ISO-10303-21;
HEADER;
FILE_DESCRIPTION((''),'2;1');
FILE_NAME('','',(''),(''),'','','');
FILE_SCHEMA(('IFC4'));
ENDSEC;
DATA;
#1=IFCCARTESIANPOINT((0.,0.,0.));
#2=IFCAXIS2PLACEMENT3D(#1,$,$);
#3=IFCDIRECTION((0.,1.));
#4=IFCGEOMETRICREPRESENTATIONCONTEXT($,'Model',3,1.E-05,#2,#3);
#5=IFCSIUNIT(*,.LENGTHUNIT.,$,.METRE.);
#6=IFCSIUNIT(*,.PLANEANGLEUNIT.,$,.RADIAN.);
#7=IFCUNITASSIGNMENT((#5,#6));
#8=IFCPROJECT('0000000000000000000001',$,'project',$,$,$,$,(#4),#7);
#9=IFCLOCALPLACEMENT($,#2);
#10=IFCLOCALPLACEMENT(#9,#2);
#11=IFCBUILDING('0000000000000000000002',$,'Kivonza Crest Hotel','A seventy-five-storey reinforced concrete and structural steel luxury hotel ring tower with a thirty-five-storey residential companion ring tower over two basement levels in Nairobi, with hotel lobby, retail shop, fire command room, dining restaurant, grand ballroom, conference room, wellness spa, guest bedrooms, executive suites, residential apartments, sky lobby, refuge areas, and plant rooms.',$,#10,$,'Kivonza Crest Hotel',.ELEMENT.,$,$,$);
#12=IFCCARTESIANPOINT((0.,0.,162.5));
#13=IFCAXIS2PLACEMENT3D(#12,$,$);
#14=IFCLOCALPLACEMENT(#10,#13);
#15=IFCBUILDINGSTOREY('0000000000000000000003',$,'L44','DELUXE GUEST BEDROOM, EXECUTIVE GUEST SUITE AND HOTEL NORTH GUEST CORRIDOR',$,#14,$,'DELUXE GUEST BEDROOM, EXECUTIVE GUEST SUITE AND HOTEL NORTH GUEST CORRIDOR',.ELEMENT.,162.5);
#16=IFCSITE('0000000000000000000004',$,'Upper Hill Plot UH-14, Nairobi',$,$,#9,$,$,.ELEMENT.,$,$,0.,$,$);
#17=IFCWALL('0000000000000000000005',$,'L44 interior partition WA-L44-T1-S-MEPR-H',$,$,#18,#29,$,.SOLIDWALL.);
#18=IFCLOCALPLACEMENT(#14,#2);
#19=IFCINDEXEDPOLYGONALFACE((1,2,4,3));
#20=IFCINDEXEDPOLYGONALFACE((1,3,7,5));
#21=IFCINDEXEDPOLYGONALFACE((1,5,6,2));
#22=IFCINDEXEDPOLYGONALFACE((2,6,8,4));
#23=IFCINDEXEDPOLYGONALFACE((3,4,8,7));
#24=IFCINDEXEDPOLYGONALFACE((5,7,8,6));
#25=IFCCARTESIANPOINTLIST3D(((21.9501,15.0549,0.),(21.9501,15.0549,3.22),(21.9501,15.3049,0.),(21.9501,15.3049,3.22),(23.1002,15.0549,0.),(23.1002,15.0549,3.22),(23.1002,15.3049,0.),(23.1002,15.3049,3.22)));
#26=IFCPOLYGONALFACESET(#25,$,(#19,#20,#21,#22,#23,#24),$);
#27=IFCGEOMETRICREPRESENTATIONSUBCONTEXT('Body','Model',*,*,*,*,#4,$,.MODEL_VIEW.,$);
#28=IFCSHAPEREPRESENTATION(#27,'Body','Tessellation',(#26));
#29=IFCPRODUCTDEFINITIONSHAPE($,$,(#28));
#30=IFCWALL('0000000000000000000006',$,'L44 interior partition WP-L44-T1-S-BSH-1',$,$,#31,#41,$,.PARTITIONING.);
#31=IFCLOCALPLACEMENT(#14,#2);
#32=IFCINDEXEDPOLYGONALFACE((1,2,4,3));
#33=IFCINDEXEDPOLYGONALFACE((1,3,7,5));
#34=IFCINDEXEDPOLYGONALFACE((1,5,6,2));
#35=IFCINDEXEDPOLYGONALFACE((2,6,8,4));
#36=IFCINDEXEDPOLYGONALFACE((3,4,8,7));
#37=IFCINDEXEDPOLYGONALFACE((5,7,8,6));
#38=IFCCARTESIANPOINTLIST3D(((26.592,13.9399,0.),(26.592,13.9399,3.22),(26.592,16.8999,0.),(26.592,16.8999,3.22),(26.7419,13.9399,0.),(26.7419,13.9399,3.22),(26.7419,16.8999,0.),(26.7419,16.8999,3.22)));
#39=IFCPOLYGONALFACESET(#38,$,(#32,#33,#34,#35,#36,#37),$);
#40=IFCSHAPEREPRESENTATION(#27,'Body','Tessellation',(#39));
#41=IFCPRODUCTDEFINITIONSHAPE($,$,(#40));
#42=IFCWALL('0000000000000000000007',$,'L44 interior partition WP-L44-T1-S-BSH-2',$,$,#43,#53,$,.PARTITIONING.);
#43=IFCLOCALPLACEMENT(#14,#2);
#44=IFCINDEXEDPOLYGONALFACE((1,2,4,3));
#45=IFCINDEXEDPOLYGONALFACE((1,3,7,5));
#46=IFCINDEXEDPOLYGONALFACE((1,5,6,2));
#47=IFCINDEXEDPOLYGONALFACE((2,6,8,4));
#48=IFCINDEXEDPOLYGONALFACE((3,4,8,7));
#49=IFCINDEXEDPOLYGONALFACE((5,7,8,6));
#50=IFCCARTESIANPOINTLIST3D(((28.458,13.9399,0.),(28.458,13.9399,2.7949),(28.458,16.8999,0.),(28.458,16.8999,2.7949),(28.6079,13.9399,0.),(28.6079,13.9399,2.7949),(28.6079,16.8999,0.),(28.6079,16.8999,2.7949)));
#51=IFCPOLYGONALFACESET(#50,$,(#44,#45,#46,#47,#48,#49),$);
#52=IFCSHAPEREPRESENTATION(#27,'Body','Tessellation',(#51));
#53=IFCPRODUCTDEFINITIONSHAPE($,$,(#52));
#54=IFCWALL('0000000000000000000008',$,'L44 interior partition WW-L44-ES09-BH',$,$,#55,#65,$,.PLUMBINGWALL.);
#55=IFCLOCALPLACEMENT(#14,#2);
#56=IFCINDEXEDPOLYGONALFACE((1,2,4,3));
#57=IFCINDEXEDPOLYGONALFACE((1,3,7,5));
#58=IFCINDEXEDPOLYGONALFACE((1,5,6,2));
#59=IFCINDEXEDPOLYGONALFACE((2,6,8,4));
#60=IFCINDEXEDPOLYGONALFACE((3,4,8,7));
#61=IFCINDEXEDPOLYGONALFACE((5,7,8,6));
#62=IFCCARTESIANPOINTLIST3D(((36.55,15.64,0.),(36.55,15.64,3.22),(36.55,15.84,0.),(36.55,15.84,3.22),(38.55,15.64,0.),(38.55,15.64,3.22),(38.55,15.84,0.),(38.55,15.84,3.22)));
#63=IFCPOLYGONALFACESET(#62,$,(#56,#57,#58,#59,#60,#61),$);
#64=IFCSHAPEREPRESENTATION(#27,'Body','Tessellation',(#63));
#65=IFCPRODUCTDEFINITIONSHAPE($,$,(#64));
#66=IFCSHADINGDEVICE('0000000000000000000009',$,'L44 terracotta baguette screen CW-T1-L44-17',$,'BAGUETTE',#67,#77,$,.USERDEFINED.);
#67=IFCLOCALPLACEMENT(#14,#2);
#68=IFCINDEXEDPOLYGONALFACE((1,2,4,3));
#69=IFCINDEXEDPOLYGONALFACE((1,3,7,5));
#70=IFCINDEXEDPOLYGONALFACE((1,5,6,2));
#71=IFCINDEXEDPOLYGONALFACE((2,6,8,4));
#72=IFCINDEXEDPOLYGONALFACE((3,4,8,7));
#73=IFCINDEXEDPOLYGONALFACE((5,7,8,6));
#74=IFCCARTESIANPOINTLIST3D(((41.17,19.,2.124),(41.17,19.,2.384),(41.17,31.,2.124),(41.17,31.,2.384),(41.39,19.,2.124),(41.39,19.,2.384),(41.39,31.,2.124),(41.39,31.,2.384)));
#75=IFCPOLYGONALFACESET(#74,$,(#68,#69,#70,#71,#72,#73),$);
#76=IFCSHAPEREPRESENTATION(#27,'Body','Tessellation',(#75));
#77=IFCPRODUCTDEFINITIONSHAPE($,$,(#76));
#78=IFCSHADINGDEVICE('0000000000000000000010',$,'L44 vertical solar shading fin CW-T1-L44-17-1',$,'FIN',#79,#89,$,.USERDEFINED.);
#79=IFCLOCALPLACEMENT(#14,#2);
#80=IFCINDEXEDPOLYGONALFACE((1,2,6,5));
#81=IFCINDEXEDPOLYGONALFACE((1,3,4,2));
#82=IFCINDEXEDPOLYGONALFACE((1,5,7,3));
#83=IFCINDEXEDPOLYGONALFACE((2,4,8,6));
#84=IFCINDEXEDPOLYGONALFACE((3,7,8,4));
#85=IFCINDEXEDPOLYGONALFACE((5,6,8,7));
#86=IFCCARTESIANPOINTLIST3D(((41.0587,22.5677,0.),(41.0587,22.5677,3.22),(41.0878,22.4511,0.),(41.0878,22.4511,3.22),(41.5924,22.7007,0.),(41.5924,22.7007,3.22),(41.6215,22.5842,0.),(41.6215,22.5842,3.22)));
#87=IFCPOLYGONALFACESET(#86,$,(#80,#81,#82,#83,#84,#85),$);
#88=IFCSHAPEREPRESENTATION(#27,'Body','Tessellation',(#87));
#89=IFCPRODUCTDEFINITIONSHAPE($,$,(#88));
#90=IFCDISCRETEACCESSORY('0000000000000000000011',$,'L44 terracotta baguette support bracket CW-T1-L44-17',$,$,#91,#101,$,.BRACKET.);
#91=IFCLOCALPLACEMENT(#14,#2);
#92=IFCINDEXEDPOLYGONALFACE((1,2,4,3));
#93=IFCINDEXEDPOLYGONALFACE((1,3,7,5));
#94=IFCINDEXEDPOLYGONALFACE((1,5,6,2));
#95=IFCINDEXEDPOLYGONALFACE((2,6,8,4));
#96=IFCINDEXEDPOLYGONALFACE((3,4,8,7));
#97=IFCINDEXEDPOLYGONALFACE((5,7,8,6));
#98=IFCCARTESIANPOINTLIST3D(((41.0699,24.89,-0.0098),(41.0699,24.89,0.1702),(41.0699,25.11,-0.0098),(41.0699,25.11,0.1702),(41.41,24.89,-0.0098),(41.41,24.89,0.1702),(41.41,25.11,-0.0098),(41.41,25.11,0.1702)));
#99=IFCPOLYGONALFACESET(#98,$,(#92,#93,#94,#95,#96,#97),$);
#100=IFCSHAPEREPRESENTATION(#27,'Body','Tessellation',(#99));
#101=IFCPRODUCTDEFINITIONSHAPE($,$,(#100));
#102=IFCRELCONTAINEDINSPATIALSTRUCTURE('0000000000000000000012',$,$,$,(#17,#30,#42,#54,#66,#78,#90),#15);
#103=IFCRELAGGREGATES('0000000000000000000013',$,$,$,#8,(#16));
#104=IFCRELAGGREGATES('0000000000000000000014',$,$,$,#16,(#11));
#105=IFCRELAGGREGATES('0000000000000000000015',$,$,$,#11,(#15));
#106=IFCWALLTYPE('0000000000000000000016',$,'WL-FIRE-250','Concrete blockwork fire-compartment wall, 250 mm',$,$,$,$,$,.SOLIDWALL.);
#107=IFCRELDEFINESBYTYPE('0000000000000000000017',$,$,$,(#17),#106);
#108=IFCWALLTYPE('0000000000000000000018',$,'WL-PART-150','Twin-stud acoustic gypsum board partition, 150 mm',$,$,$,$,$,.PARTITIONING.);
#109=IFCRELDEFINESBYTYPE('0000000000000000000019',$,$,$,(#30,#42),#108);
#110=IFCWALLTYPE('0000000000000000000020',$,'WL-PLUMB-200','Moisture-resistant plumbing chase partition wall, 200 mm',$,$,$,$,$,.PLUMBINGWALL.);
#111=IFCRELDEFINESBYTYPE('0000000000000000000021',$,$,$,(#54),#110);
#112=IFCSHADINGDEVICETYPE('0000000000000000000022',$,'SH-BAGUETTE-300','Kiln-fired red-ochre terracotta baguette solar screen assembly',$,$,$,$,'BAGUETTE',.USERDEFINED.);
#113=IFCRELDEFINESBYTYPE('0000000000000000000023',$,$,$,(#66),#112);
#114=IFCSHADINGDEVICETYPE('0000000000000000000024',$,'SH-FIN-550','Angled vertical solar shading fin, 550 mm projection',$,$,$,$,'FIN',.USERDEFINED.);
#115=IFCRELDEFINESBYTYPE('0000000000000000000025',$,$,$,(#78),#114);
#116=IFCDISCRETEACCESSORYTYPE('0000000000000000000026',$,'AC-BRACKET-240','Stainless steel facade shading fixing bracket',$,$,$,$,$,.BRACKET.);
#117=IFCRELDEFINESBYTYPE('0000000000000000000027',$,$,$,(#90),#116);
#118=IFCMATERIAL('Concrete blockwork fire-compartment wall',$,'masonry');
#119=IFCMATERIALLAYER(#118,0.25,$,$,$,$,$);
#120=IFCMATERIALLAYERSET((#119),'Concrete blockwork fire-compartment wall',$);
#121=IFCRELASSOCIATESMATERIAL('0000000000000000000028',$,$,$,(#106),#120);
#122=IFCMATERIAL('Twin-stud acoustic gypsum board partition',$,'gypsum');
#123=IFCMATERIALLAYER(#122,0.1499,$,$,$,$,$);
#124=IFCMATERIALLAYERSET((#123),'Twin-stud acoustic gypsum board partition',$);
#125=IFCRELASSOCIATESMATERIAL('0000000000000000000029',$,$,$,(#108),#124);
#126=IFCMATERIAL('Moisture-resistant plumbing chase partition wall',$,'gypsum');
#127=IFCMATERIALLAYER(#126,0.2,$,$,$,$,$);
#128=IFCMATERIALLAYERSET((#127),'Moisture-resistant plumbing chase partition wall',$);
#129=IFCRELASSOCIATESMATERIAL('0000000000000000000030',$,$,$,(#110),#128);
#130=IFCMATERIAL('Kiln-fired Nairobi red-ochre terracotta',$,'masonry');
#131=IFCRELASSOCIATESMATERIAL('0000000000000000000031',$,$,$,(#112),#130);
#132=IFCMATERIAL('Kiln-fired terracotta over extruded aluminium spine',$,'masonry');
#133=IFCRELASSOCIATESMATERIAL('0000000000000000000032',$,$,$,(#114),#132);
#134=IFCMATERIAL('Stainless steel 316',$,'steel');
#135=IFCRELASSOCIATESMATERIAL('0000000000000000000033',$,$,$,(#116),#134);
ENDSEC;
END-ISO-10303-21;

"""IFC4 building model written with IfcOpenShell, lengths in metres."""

from ifc_helpers import new_model, si_unit, direction, frame, frame_2d, origin, origin_2d, place, context, subcontext, project, spatial, rectangle, extrude, material, layer, layer_set, type_object, element, save


model = new_model("IFC4")

# Units and contexts
model_context = context("Model", 3, precision=1e-05, world=origin(), true_north=direction((0.0, 1.0)))
body_context = subcontext(model_context, "Body", "Model", "MODEL_VIEW")
ifc_project = project(units=[si_unit("LENGTHUNIT", "METRE"), si_unit("PLANEANGLEUNIT", "RADIAN")], contexts=[model_context])

# Site, building, storey
site_placement = place(None, origin())
site = spatial("IfcSite", under=ifc_project, at=site_placement, Name="Upper Hill Plot UH-14, Nairobi", CompositionType="ELEMENT", RefElevation=0.0)
building_placement = place(site_placement, origin())
building = spatial("IfcBuilding", under=site, at=building_placement, Name="Kivonza Crest Hotel", Description="A seventy-five-storey reinforced concrete and structural steel luxury hotel ring tower with a thirty-five-storey residential companion ring tower over two basement levels in Nairobi, with hotel lobby, retail shop, fire command room, dining restaurant, grand ballroom, conference room, wellness spa, guest bedrooms, executive suites, residential apartments, sky lobby, refuge areas, and plant rooms.", LongName="Kivonza Crest Hotel", CompositionType="ELEMENT")
storey_placement = place(building_placement, frame((0.0, 0.0, 162.5)))
storey = spatial("IfcBuildingStorey", under=building, at=storey_placement, Name="L44", Description="DELUXE GUEST BEDROOM, EXECUTIVE GUEST SUITE AND HOTEL NORTH GUEST CORRIDOR", LongName="DELUXE GUEST BEDROOM, EXECUTIVE GUEST SUITE AND HOTEL NORTH GUEST CORRIDOR", CompositionType="ELEMENT", Elevation=162.5)

# Walls
ifc_material_1 = material(Name="Concrete blockwork fire-compartment wall", Category="masonry")
ifc_layer_1 = layer(ifc_material_1, 0.25)
ifc_layer_set_1 = layer_set([ifc_layer_1], Name="Concrete blockwork fire-compartment wall")
wall_type_1 = type_object("IfcWallType", Name="WL-FIRE-250", Description="Concrete blockwork fire-compartment wall, 250 mm", PredefinedType="SOLIDWALL", material=ifc_layer_set_1)
wall_1_placement = place(storey_placement, frame((21.95, 15.1799, 0.0), z_axis=(0.0, 0.0, 1.0), x_axis=(1.0, 0.0, 0.0)))
element("IfcWall", 1, at=wall_1_placement, inside=storey, type_object=wall_type_1, Name="L44 interior partition WA-L44-T1-S-MEPR-H", PredefinedType="SOLIDWALL", context=body_context, shape_type="SweptSolid", body=[
    extrude(rectangle(XDim=1.1501, YDim=0.25, at=frame_2d((0.5752, 0.0))), origin(), (0.0, 0.0, 1.0), 3.22),
])
ifc_material_2 = material(Name="Twin-stud acoustic gypsum board partition", Category="gypsum")
ifc_layer_2 = layer(ifc_material_2, 0.1499)
ifc_layer_set_2 = layer_set([ifc_layer_2], Name="Twin-stud acoustic gypsum board partition")
wall_type_2 = type_object("IfcWallType", Name="WL-PART-150", Description="Twin-stud acoustic gypsum board partition, 150 mm", PredefinedType="PARTITIONING", material=ifc_layer_set_2)
wall_2_placement = place(storey_placement, frame((26.667, 13.9399, 0.0), z_axis=(0.0, 0.0, 1.0), x_axis=(0.0, 1.0, 0.0)))
element("IfcWall", 2, at=wall_2_placement, inside=storey, type_object=wall_type_2, Name="L44 interior partition WP-L44-T1-S-BSH-1", PredefinedType="PARTITIONING", context=body_context, shape_type="SweptSolid", body=[
    extrude(rectangle(XDim=2.96, YDim=0.1499, at=frame_2d((1.48, 0.0))), origin(), (0.0, 0.0, 1.0), 3.22),
])
wall_3_placement = place(storey_placement, frame((28.533, 13.9399, 0.0), z_axis=(0.0, 0.0, 1.0), x_axis=(0.0, 1.0, 0.0)))
element("IfcWall", 3, at=wall_3_placement, inside=storey, type_object=wall_type_2, Name="L44 interior partition WP-L44-T1-S-BSH-2", PredefinedType="PARTITIONING", context=body_context, shape_type="SweptSolid", body=[
    extrude(rectangle(XDim=2.96, YDim=0.1499, at=frame_2d((1.48, 0.0))), origin(), (0.0, 0.0, 1.0), 2.7949),
])
ifc_material_3 = material(Name="Moisture-resistant plumbing chase partition wall", Category="gypsum")
ifc_layer_3 = layer(ifc_material_3, 0.2)
ifc_layer_set_3 = layer_set([ifc_layer_3], Name="Moisture-resistant plumbing chase partition wall")
wall_type_3 = type_object("IfcWallType", Name="WL-PLUMB-200", Description="Moisture-resistant plumbing chase partition wall, 200 mm", PredefinedType="PLUMBINGWALL", material=ifc_layer_set_3)
wall_4_placement = place(storey_placement, frame((36.55, 15.74, 0.0), z_axis=(0.0, 0.0, 1.0), x_axis=(1.0, 0.0, 0.0)))
element("IfcWall", 4, at=wall_4_placement, inside=storey, type_object=wall_type_3, Name="L44 interior partition WW-L44-ES09-BH", PredefinedType="PLUMBINGWALL", context=body_context, shape_type="SweptSolid", body=[
    extrude(rectangle(XDim=2.0, YDim=0.2, at=frame_2d((1.0, 0.0))), origin(), (0.0, 0.0, 1.0), 3.22),
])

# Shading devices
ifc_material_4 = material(Name="Kiln-fired Nairobi red-ochre terracotta", Category="masonry")
shading_device_type_1 = type_object("IfcShadingDeviceType", Name="SH-BAGUETTE-300", Description="Kiln-fired red-ochre terracotta baguette solar screen assembly", ElementType="BAGUETTE", PredefinedType="USERDEFINED", material=ifc_material_4)
shading_device_1_placement = place(storey_placement, frame((41.28, 25.0, 2.124), z_axis=(0.0, 0.0, 1.0), x_axis=(0.0, 1.0, 0.0)))
element("IfcShadingDevice", 5, at=shading_device_1_placement, inside=storey, type_object=shading_device_type_1, Name="L44 terracotta baguette screen CW-T1-L44-17", ObjectType="BAGUETTE", PredefinedType="USERDEFINED", context=body_context, shape_type="SweptSolid", body=[
    extrude(rectangle(XDim=12.0, YDim=0.22, at=origin_2d()), origin(), (0.0, 0.0, 1.0), 0.26),
])
ifc_material_5 = material(Name="Kiln-fired terracotta over extruded aluminium spine", Category="masonry")
shading_device_type_2 = type_object("IfcShadingDeviceType", Name="SH-FIN-550", Description="Angled vertical solar shading fin, 550 mm projection", ElementType="FIN", PredefinedType="USERDEFINED", material=ifc_material_5)
shading_device_2_placement = place(storey_placement, frame((41.3401, 22.5759, 0.0), z_axis=(0.0, 0.0, 1.0), x_axis=(-0.241922, 0.970296, 0.0)))
element("IfcShadingDevice", 6, at=shading_device_2_placement, inside=storey, type_object=shading_device_type_2, Name="L44 vertical solar shading fin CW-T1-L44-17-1", ObjectType="FIN", PredefinedType="USERDEFINED", context=body_context, shape_type="SweptSolid", body=[
    extrude(rectangle(XDim=0.1201, YDim=0.55, at=origin_2d()), origin(), (0.0, 0.0, 1.0), 3.22),
])

# Discrete accessory
ifc_material_6 = material(Name="Stainless steel 316", Category="steel")
discrete_accessory_type = type_object("IfcDiscreteAccessoryType", Name="AC-BRACKET-240", Description="Stainless steel facade shading fixing bracket", PredefinedType="BRACKET", material=ifc_material_6)
discrete_accessory_placement = place(storey_placement, frame((41.24, 25.0, -0.0098), z_axis=(0.0, 0.0, 1.0), x_axis=(0.0, 1.0, 0.0)))
element("IfcDiscreteAccessory", 7, at=discrete_accessory_placement, inside=storey, type_object=discrete_accessory_type, Name="L44 terracotta baguette support bracket CW-T1-L44-17", PredefinedType="BRACKET", context=body_context, shape_type="SweptSolid", body=[
    extrude(rectangle(XDim=0.22, YDim=0.3401, at=origin_2d()), origin(), (0.0, 0.0, 1.0), 0.1799),
])

save(model, "model.ifc")
